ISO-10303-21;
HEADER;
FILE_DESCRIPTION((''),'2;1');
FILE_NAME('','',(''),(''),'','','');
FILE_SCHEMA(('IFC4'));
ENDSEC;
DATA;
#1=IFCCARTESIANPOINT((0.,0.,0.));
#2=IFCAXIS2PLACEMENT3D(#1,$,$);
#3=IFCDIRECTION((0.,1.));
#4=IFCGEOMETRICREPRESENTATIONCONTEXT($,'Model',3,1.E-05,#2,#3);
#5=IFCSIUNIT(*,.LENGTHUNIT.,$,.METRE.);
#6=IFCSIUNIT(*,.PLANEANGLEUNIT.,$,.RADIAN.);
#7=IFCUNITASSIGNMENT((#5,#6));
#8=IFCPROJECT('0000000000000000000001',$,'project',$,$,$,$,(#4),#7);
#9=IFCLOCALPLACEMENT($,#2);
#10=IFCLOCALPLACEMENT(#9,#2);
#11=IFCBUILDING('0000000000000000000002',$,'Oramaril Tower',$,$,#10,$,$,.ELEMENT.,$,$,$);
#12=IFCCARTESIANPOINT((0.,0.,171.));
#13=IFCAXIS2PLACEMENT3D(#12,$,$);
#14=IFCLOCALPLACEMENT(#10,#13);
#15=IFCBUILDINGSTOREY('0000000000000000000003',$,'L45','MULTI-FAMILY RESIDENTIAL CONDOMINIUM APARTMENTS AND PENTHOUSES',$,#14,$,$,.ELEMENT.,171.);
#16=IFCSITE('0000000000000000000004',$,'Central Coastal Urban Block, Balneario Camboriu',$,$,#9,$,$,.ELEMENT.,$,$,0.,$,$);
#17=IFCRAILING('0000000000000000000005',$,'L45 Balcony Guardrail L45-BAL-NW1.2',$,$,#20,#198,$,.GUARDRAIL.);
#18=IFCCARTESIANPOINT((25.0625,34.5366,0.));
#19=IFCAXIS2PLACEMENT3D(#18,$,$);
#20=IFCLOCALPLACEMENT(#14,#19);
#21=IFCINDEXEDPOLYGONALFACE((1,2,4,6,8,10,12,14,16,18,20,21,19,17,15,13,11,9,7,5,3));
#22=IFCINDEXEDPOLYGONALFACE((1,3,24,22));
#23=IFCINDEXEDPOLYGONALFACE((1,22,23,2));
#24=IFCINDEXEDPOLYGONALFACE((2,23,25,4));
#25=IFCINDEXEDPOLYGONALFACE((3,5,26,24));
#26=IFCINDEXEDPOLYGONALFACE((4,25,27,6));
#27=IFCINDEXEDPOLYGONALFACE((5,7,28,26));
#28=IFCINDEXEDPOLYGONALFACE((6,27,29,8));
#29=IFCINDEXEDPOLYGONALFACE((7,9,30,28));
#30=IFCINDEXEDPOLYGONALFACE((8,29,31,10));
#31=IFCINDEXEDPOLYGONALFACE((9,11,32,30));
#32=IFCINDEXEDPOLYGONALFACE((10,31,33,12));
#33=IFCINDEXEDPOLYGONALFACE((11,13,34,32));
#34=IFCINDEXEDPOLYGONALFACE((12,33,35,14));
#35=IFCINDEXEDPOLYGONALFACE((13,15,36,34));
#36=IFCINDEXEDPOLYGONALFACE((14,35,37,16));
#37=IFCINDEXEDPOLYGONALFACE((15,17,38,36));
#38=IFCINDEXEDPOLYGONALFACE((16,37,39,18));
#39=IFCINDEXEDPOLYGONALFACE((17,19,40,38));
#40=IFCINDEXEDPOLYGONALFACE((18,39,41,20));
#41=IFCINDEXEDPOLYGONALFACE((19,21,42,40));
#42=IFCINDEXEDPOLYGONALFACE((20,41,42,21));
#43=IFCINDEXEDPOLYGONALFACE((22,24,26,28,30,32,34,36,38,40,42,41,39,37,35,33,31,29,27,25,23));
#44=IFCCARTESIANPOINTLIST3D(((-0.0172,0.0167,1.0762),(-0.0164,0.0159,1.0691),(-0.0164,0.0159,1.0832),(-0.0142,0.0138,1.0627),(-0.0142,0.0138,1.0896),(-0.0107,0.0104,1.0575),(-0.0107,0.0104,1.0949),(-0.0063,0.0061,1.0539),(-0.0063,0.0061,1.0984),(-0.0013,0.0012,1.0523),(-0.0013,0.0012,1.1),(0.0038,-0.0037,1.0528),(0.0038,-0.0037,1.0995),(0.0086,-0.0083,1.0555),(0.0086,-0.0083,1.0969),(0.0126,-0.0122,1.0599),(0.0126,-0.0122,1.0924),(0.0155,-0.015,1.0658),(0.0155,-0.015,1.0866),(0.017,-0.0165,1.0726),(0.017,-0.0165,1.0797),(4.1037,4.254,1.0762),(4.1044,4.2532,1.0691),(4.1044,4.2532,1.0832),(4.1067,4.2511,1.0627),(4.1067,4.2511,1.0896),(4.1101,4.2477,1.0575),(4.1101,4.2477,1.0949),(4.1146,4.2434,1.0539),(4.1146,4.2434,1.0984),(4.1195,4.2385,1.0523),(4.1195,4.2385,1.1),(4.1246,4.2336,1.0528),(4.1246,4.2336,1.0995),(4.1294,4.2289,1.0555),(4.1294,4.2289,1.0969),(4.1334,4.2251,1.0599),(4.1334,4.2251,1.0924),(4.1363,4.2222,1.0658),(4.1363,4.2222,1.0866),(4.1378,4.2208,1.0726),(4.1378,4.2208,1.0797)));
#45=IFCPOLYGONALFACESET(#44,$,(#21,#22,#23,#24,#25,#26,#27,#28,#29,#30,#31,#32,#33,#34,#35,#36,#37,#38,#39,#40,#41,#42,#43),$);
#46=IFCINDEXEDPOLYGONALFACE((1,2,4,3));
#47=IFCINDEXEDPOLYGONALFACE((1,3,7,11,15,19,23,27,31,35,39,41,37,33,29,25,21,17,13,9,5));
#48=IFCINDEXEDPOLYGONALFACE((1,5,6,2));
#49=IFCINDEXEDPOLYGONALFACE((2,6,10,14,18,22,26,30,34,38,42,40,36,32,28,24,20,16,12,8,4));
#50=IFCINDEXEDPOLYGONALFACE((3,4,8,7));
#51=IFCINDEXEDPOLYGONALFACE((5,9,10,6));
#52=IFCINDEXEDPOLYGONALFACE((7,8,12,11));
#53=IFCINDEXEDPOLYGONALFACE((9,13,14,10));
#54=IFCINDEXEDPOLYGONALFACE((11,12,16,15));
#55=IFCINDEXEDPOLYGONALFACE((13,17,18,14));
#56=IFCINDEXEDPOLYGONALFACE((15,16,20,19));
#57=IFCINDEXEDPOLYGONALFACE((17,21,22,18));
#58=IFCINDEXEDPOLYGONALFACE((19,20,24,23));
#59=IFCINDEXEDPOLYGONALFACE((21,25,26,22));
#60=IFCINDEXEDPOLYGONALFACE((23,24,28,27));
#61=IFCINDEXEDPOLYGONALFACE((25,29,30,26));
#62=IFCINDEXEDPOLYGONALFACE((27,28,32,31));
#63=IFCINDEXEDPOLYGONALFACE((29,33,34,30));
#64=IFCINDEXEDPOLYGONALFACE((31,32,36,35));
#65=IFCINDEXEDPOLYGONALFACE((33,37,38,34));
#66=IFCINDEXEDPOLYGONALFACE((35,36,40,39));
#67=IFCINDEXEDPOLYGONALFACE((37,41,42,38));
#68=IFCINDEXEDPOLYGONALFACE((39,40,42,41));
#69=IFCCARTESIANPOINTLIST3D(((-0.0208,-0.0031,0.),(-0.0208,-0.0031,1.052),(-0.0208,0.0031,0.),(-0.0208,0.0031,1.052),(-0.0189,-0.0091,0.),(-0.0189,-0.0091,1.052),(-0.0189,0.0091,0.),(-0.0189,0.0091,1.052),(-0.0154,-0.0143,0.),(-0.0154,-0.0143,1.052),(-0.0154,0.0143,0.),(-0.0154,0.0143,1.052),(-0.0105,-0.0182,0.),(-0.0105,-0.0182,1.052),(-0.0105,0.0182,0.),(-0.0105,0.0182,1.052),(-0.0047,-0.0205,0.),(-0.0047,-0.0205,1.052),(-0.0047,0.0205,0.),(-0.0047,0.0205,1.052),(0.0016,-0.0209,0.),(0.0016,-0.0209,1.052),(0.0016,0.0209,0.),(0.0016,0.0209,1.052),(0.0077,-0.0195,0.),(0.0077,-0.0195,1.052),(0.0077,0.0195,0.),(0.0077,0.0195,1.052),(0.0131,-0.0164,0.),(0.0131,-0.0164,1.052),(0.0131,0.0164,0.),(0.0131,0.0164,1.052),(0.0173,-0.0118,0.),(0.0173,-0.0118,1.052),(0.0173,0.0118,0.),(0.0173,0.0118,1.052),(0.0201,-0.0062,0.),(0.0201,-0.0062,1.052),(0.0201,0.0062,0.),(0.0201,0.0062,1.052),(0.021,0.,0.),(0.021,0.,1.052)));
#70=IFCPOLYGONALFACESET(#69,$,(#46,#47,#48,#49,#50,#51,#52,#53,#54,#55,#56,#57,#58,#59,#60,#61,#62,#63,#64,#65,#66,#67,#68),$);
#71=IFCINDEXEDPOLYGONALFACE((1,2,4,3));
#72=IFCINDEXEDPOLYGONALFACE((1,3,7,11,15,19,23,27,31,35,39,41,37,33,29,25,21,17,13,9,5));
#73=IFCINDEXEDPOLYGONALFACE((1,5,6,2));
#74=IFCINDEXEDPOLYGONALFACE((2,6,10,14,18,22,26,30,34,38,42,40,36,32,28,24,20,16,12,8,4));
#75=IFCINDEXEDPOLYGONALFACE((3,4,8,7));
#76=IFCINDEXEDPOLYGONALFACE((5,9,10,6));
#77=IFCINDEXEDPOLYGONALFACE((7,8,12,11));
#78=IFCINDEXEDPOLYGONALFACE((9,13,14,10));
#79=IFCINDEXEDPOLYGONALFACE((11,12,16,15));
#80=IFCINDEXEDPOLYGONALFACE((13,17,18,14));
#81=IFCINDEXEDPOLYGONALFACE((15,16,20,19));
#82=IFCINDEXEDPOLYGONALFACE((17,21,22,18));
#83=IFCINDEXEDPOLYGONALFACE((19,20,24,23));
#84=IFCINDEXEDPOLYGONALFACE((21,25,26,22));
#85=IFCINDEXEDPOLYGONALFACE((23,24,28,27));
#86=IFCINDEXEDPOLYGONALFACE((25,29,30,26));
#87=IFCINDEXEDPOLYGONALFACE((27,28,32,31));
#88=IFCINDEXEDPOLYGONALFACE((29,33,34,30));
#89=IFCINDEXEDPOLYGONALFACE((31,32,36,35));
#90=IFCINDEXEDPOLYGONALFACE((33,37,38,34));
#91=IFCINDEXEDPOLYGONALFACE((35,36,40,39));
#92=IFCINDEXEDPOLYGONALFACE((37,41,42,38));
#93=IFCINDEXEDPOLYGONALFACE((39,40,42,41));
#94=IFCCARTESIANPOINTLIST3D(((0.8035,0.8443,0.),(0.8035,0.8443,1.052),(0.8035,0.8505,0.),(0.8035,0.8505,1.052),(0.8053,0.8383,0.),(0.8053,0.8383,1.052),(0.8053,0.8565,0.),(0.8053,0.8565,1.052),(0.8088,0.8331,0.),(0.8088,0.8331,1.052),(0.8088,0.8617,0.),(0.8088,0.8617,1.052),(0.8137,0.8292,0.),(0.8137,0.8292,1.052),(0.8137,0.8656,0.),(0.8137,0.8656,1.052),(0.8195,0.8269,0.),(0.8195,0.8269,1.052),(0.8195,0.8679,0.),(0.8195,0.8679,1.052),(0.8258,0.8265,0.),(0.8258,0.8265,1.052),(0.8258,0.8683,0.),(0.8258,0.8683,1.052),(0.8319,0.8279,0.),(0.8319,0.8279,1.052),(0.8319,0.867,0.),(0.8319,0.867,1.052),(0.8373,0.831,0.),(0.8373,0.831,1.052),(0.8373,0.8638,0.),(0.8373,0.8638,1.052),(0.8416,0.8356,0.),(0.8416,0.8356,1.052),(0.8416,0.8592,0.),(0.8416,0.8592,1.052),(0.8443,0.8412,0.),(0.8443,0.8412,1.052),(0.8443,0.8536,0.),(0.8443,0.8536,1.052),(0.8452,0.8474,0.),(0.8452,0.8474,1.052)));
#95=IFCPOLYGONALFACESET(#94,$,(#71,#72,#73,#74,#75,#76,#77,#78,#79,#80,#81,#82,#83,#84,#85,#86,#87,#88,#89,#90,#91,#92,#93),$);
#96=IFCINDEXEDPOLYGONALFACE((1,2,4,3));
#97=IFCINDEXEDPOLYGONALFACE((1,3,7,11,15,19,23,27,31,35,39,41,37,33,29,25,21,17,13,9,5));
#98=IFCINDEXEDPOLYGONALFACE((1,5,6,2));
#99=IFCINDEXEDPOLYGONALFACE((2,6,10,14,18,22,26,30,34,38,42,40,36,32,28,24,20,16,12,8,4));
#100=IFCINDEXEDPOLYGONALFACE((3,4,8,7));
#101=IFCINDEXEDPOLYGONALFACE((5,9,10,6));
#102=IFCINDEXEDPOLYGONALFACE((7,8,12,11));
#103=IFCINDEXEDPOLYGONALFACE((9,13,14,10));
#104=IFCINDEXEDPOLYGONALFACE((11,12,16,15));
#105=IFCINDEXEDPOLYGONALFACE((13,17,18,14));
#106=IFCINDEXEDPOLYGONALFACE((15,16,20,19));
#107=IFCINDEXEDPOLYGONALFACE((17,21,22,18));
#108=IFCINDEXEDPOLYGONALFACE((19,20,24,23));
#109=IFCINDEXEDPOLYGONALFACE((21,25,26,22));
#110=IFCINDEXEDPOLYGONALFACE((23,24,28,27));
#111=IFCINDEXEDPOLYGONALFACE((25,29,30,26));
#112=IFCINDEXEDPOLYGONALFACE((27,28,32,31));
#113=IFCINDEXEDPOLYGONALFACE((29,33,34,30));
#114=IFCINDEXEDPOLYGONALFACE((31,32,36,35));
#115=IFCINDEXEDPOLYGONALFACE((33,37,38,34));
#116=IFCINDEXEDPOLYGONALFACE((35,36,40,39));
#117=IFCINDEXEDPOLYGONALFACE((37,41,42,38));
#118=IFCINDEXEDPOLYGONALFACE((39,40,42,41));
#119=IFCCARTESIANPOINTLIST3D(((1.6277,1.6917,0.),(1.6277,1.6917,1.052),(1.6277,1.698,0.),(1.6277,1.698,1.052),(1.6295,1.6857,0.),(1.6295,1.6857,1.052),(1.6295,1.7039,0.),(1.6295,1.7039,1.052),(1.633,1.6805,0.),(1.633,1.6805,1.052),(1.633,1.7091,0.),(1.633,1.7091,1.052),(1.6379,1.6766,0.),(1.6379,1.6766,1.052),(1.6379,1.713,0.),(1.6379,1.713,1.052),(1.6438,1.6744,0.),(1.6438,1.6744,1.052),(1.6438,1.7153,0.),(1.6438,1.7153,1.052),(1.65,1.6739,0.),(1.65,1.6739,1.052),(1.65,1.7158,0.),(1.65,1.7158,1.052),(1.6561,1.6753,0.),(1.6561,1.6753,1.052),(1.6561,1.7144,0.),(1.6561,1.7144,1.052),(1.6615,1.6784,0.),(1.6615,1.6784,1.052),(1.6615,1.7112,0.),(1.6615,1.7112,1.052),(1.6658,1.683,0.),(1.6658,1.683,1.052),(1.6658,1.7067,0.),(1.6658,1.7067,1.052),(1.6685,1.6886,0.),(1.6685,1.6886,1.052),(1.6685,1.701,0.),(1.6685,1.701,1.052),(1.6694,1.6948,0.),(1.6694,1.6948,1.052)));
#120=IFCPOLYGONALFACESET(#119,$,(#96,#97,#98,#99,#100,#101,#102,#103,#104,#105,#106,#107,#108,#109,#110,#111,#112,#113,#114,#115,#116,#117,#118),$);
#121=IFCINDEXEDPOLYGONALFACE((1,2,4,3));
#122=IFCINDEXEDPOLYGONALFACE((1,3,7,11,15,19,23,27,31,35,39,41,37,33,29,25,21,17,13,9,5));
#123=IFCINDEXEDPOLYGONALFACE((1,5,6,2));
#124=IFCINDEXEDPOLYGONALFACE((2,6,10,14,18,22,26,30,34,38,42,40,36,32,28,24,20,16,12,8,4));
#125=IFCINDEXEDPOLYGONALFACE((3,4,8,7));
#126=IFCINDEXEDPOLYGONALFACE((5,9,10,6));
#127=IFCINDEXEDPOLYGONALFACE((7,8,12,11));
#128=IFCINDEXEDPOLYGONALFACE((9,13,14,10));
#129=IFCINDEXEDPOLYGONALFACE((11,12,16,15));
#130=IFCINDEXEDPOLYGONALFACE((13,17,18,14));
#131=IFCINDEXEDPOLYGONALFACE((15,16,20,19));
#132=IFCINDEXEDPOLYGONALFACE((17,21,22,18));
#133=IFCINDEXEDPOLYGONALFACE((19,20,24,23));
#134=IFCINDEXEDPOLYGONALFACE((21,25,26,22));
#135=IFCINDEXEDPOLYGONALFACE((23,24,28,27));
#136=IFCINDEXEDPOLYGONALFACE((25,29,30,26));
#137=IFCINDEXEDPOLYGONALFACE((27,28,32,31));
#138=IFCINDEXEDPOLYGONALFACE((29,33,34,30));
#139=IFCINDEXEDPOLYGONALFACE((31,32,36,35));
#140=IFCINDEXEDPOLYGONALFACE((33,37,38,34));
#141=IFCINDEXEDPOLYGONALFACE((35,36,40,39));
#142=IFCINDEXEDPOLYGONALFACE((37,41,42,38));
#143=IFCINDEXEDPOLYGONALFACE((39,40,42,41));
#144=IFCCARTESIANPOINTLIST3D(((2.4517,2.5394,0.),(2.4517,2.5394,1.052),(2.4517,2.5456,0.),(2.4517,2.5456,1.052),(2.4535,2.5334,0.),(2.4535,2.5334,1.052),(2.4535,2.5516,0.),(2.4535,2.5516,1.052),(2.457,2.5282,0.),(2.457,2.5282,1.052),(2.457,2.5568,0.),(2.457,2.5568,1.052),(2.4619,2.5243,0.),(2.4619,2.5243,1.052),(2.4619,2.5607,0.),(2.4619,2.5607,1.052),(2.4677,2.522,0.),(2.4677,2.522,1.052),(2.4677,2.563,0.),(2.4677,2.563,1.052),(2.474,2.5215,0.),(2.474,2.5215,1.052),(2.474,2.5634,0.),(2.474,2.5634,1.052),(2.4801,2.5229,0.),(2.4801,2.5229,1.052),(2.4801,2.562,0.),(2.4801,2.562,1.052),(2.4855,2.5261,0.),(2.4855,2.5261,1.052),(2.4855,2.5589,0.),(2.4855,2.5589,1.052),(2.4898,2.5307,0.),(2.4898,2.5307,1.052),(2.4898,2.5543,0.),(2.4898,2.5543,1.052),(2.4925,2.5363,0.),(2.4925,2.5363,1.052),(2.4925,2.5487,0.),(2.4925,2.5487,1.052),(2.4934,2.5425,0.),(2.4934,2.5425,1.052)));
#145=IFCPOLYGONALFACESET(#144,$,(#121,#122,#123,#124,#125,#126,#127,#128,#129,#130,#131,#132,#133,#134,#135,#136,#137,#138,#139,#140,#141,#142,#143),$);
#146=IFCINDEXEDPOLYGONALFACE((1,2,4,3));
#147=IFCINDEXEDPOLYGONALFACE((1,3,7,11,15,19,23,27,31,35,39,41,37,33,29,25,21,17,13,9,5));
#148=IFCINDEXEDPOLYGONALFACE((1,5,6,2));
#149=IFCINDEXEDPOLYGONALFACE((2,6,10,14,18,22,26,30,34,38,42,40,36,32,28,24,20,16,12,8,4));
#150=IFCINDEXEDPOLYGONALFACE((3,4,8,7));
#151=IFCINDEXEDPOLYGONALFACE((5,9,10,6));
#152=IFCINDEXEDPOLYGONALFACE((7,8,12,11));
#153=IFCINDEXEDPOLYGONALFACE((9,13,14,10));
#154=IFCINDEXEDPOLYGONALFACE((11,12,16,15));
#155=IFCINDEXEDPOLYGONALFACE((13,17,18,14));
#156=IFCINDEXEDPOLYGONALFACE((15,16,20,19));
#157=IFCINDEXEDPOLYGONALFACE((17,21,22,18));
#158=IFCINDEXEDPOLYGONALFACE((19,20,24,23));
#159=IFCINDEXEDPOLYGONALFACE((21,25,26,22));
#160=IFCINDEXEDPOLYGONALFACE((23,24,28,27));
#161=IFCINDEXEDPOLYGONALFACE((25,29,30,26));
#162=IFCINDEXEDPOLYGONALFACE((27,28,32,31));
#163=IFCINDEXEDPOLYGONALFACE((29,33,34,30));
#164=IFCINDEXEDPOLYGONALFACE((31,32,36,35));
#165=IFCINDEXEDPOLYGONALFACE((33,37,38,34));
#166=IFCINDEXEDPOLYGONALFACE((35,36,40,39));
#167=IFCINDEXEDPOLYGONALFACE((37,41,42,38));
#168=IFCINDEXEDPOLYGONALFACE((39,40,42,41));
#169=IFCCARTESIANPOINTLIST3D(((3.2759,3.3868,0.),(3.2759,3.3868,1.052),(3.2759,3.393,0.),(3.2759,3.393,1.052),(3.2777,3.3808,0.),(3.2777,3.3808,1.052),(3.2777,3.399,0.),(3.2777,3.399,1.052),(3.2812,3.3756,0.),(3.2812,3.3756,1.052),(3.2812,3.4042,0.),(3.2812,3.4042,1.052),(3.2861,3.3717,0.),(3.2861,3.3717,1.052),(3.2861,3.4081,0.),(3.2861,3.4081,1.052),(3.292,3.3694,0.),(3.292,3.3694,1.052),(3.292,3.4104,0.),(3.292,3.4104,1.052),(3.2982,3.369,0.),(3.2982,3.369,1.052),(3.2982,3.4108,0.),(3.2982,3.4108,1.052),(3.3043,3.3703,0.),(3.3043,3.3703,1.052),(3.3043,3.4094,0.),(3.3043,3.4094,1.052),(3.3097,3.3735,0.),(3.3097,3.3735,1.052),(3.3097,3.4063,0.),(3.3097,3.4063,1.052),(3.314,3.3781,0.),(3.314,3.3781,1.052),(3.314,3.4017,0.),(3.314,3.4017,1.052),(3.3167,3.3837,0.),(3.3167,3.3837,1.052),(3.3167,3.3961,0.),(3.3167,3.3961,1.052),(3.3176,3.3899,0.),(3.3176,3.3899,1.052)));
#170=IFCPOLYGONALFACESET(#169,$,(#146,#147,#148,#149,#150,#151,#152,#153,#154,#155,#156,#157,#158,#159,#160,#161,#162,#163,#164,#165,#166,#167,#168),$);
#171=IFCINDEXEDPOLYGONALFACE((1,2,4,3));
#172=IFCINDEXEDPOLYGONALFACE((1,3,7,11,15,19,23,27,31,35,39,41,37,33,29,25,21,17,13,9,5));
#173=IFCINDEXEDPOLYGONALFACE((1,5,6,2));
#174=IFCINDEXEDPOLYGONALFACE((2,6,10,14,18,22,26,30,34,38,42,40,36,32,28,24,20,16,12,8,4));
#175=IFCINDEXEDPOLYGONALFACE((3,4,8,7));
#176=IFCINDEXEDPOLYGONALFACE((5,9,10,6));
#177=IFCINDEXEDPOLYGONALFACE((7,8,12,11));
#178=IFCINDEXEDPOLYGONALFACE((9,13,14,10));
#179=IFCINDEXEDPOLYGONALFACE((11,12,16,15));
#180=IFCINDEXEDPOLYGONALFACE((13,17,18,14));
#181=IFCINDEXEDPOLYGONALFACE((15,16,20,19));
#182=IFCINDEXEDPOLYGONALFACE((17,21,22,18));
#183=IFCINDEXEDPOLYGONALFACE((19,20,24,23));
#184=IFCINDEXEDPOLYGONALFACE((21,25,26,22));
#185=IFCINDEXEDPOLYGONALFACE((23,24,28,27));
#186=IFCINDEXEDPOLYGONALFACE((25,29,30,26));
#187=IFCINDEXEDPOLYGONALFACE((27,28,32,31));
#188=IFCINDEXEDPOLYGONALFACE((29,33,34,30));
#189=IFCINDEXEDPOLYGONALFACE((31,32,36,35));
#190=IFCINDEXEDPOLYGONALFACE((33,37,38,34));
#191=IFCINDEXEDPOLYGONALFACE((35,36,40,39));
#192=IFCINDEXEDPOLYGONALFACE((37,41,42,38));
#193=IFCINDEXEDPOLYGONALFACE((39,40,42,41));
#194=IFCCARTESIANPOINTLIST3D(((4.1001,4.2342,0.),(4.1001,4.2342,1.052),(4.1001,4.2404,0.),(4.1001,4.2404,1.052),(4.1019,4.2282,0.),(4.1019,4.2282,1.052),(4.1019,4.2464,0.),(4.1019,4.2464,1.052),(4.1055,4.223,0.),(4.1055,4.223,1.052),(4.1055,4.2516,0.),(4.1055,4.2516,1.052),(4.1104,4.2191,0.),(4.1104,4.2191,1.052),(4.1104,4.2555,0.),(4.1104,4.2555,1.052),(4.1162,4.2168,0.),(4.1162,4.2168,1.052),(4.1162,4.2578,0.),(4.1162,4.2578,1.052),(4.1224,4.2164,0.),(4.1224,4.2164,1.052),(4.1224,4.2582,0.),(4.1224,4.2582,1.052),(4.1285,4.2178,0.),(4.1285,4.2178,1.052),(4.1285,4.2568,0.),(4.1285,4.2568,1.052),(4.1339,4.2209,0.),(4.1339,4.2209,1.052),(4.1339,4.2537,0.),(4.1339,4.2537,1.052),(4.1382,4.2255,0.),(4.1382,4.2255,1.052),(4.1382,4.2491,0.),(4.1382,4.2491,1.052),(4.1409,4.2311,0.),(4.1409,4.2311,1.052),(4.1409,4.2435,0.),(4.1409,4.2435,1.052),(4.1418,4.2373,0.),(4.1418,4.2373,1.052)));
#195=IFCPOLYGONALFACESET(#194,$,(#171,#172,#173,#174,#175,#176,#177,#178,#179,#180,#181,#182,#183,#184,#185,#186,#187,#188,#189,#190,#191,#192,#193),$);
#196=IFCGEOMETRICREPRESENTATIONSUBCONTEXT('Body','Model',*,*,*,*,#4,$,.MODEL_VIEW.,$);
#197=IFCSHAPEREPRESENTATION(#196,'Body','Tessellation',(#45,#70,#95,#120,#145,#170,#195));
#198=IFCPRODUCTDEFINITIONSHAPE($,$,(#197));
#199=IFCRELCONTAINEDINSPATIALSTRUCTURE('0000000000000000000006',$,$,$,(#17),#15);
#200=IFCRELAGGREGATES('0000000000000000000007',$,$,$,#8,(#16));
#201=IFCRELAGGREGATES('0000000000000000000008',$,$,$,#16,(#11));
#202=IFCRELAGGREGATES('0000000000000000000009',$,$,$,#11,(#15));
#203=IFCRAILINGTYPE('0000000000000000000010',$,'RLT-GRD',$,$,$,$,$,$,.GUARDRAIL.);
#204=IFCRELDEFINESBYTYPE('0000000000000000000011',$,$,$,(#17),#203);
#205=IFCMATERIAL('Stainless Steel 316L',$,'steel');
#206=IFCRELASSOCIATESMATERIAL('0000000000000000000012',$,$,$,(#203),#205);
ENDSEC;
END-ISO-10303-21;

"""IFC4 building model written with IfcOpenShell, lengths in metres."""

from ifc_helpers import new_model, si_unit, direction, frame, origin, origin_2d, place, context, subcontext, project, spatial, circle, extrude, material, type_object, element, save


model = new_model("IFC4")

# Units and contexts
model_context = context("Model", 3, precision=1e-05, world=origin(), true_north=direction((0.0, 1.0)))
body_context = subcontext(model_context, "Body", "Model", "MODEL_VIEW")
ifc_project = project(units=[si_unit("LENGTHUNIT", "METRE"), si_unit("PLANEANGLEUNIT", "RADIAN")], contexts=[model_context])

# Site, building, storey
site_placement = place(None, origin())
site = spatial("IfcSite", under=ifc_project, at=site_placement, Name="Central Coastal Urban Block, Balneario Camboriu", CompositionType="ELEMENT", RefElevation=0.0)
building_placement = place(site_placement, origin())
building = spatial("IfcBuilding", under=site, at=building_placement, Name="Oramaril Tower", CompositionType="ELEMENT")
storey_placement = place(building_placement, frame((0.0, 0.0, 171.0)))
storey = spatial("IfcBuildingStorey", under=building, at=storey_placement, Name="L45", Description="MULTI-FAMILY RESIDENTIAL CONDOMINIUM APARTMENTS AND PENTHOUSES", CompositionType="ELEMENT", Elevation=171.0)

# Railing
ifc_material_1 = material(Name="Stainless Steel 316L", Category="steel")
railing_type = type_object("IfcRailingType", Name="RLT-GRD", PredefinedType="GUARDRAIL", material=ifc_material_1)
railing_1_placement = place(storey_placement, frame((25.0625, 34.5366, 0.0)))
element("IfcRailing", 1, at=railing_1_placement, inside=storey, type_object=railing_type, Name="L45 Balcony Guardrail L45-BAL-NW1.2", PredefinedType="GUARDRAIL", context=body_context, shape_type="SweptSolid", body=[
    extrude(circle(Radius=0.0239, at=origin_2d()), frame((0.0, 0.0, 1.0762), z_axis=(0.697187, 0.716889, 0.0), x_axis=(-0.716889, 0.697187, 0.0)), (0.0, 0.0, 1.0), 5.9106),
    extrude(circle(Radius=0.021, at=origin_2d()), origin(), (0.0, 0.0, 1.0), 1.052),
    extrude(circle(Radius=0.021, at=origin_2d()), frame((0.8242, 0.8474, 0.0)), (0.0, 0.0, 1.0), 1.052),
    extrude(circle(Radius=0.021, at=origin_2d()), frame((1.6484, 1.6948, 0.0)), (0.0, 0.0, 1.0), 1.052),
    extrude(circle(Radius=0.021, at=origin_2d()), frame((2.4724, 2.5425, 0.0)), (0.0, 0.0, 1.0), 1.052),
    extrude(circle(Radius=0.021, at=origin_2d()), frame((3.2966, 3.3899, 0.0)), (0.0, 0.0, 1.0), 1.052),
    extrude(circle(Radius=0.021, at=origin_2d()), frame((4.1208, 4.2373, 0.0)), (0.0, 0.0, 1.0), 1.052),
])

save(model, "model.ifc")
